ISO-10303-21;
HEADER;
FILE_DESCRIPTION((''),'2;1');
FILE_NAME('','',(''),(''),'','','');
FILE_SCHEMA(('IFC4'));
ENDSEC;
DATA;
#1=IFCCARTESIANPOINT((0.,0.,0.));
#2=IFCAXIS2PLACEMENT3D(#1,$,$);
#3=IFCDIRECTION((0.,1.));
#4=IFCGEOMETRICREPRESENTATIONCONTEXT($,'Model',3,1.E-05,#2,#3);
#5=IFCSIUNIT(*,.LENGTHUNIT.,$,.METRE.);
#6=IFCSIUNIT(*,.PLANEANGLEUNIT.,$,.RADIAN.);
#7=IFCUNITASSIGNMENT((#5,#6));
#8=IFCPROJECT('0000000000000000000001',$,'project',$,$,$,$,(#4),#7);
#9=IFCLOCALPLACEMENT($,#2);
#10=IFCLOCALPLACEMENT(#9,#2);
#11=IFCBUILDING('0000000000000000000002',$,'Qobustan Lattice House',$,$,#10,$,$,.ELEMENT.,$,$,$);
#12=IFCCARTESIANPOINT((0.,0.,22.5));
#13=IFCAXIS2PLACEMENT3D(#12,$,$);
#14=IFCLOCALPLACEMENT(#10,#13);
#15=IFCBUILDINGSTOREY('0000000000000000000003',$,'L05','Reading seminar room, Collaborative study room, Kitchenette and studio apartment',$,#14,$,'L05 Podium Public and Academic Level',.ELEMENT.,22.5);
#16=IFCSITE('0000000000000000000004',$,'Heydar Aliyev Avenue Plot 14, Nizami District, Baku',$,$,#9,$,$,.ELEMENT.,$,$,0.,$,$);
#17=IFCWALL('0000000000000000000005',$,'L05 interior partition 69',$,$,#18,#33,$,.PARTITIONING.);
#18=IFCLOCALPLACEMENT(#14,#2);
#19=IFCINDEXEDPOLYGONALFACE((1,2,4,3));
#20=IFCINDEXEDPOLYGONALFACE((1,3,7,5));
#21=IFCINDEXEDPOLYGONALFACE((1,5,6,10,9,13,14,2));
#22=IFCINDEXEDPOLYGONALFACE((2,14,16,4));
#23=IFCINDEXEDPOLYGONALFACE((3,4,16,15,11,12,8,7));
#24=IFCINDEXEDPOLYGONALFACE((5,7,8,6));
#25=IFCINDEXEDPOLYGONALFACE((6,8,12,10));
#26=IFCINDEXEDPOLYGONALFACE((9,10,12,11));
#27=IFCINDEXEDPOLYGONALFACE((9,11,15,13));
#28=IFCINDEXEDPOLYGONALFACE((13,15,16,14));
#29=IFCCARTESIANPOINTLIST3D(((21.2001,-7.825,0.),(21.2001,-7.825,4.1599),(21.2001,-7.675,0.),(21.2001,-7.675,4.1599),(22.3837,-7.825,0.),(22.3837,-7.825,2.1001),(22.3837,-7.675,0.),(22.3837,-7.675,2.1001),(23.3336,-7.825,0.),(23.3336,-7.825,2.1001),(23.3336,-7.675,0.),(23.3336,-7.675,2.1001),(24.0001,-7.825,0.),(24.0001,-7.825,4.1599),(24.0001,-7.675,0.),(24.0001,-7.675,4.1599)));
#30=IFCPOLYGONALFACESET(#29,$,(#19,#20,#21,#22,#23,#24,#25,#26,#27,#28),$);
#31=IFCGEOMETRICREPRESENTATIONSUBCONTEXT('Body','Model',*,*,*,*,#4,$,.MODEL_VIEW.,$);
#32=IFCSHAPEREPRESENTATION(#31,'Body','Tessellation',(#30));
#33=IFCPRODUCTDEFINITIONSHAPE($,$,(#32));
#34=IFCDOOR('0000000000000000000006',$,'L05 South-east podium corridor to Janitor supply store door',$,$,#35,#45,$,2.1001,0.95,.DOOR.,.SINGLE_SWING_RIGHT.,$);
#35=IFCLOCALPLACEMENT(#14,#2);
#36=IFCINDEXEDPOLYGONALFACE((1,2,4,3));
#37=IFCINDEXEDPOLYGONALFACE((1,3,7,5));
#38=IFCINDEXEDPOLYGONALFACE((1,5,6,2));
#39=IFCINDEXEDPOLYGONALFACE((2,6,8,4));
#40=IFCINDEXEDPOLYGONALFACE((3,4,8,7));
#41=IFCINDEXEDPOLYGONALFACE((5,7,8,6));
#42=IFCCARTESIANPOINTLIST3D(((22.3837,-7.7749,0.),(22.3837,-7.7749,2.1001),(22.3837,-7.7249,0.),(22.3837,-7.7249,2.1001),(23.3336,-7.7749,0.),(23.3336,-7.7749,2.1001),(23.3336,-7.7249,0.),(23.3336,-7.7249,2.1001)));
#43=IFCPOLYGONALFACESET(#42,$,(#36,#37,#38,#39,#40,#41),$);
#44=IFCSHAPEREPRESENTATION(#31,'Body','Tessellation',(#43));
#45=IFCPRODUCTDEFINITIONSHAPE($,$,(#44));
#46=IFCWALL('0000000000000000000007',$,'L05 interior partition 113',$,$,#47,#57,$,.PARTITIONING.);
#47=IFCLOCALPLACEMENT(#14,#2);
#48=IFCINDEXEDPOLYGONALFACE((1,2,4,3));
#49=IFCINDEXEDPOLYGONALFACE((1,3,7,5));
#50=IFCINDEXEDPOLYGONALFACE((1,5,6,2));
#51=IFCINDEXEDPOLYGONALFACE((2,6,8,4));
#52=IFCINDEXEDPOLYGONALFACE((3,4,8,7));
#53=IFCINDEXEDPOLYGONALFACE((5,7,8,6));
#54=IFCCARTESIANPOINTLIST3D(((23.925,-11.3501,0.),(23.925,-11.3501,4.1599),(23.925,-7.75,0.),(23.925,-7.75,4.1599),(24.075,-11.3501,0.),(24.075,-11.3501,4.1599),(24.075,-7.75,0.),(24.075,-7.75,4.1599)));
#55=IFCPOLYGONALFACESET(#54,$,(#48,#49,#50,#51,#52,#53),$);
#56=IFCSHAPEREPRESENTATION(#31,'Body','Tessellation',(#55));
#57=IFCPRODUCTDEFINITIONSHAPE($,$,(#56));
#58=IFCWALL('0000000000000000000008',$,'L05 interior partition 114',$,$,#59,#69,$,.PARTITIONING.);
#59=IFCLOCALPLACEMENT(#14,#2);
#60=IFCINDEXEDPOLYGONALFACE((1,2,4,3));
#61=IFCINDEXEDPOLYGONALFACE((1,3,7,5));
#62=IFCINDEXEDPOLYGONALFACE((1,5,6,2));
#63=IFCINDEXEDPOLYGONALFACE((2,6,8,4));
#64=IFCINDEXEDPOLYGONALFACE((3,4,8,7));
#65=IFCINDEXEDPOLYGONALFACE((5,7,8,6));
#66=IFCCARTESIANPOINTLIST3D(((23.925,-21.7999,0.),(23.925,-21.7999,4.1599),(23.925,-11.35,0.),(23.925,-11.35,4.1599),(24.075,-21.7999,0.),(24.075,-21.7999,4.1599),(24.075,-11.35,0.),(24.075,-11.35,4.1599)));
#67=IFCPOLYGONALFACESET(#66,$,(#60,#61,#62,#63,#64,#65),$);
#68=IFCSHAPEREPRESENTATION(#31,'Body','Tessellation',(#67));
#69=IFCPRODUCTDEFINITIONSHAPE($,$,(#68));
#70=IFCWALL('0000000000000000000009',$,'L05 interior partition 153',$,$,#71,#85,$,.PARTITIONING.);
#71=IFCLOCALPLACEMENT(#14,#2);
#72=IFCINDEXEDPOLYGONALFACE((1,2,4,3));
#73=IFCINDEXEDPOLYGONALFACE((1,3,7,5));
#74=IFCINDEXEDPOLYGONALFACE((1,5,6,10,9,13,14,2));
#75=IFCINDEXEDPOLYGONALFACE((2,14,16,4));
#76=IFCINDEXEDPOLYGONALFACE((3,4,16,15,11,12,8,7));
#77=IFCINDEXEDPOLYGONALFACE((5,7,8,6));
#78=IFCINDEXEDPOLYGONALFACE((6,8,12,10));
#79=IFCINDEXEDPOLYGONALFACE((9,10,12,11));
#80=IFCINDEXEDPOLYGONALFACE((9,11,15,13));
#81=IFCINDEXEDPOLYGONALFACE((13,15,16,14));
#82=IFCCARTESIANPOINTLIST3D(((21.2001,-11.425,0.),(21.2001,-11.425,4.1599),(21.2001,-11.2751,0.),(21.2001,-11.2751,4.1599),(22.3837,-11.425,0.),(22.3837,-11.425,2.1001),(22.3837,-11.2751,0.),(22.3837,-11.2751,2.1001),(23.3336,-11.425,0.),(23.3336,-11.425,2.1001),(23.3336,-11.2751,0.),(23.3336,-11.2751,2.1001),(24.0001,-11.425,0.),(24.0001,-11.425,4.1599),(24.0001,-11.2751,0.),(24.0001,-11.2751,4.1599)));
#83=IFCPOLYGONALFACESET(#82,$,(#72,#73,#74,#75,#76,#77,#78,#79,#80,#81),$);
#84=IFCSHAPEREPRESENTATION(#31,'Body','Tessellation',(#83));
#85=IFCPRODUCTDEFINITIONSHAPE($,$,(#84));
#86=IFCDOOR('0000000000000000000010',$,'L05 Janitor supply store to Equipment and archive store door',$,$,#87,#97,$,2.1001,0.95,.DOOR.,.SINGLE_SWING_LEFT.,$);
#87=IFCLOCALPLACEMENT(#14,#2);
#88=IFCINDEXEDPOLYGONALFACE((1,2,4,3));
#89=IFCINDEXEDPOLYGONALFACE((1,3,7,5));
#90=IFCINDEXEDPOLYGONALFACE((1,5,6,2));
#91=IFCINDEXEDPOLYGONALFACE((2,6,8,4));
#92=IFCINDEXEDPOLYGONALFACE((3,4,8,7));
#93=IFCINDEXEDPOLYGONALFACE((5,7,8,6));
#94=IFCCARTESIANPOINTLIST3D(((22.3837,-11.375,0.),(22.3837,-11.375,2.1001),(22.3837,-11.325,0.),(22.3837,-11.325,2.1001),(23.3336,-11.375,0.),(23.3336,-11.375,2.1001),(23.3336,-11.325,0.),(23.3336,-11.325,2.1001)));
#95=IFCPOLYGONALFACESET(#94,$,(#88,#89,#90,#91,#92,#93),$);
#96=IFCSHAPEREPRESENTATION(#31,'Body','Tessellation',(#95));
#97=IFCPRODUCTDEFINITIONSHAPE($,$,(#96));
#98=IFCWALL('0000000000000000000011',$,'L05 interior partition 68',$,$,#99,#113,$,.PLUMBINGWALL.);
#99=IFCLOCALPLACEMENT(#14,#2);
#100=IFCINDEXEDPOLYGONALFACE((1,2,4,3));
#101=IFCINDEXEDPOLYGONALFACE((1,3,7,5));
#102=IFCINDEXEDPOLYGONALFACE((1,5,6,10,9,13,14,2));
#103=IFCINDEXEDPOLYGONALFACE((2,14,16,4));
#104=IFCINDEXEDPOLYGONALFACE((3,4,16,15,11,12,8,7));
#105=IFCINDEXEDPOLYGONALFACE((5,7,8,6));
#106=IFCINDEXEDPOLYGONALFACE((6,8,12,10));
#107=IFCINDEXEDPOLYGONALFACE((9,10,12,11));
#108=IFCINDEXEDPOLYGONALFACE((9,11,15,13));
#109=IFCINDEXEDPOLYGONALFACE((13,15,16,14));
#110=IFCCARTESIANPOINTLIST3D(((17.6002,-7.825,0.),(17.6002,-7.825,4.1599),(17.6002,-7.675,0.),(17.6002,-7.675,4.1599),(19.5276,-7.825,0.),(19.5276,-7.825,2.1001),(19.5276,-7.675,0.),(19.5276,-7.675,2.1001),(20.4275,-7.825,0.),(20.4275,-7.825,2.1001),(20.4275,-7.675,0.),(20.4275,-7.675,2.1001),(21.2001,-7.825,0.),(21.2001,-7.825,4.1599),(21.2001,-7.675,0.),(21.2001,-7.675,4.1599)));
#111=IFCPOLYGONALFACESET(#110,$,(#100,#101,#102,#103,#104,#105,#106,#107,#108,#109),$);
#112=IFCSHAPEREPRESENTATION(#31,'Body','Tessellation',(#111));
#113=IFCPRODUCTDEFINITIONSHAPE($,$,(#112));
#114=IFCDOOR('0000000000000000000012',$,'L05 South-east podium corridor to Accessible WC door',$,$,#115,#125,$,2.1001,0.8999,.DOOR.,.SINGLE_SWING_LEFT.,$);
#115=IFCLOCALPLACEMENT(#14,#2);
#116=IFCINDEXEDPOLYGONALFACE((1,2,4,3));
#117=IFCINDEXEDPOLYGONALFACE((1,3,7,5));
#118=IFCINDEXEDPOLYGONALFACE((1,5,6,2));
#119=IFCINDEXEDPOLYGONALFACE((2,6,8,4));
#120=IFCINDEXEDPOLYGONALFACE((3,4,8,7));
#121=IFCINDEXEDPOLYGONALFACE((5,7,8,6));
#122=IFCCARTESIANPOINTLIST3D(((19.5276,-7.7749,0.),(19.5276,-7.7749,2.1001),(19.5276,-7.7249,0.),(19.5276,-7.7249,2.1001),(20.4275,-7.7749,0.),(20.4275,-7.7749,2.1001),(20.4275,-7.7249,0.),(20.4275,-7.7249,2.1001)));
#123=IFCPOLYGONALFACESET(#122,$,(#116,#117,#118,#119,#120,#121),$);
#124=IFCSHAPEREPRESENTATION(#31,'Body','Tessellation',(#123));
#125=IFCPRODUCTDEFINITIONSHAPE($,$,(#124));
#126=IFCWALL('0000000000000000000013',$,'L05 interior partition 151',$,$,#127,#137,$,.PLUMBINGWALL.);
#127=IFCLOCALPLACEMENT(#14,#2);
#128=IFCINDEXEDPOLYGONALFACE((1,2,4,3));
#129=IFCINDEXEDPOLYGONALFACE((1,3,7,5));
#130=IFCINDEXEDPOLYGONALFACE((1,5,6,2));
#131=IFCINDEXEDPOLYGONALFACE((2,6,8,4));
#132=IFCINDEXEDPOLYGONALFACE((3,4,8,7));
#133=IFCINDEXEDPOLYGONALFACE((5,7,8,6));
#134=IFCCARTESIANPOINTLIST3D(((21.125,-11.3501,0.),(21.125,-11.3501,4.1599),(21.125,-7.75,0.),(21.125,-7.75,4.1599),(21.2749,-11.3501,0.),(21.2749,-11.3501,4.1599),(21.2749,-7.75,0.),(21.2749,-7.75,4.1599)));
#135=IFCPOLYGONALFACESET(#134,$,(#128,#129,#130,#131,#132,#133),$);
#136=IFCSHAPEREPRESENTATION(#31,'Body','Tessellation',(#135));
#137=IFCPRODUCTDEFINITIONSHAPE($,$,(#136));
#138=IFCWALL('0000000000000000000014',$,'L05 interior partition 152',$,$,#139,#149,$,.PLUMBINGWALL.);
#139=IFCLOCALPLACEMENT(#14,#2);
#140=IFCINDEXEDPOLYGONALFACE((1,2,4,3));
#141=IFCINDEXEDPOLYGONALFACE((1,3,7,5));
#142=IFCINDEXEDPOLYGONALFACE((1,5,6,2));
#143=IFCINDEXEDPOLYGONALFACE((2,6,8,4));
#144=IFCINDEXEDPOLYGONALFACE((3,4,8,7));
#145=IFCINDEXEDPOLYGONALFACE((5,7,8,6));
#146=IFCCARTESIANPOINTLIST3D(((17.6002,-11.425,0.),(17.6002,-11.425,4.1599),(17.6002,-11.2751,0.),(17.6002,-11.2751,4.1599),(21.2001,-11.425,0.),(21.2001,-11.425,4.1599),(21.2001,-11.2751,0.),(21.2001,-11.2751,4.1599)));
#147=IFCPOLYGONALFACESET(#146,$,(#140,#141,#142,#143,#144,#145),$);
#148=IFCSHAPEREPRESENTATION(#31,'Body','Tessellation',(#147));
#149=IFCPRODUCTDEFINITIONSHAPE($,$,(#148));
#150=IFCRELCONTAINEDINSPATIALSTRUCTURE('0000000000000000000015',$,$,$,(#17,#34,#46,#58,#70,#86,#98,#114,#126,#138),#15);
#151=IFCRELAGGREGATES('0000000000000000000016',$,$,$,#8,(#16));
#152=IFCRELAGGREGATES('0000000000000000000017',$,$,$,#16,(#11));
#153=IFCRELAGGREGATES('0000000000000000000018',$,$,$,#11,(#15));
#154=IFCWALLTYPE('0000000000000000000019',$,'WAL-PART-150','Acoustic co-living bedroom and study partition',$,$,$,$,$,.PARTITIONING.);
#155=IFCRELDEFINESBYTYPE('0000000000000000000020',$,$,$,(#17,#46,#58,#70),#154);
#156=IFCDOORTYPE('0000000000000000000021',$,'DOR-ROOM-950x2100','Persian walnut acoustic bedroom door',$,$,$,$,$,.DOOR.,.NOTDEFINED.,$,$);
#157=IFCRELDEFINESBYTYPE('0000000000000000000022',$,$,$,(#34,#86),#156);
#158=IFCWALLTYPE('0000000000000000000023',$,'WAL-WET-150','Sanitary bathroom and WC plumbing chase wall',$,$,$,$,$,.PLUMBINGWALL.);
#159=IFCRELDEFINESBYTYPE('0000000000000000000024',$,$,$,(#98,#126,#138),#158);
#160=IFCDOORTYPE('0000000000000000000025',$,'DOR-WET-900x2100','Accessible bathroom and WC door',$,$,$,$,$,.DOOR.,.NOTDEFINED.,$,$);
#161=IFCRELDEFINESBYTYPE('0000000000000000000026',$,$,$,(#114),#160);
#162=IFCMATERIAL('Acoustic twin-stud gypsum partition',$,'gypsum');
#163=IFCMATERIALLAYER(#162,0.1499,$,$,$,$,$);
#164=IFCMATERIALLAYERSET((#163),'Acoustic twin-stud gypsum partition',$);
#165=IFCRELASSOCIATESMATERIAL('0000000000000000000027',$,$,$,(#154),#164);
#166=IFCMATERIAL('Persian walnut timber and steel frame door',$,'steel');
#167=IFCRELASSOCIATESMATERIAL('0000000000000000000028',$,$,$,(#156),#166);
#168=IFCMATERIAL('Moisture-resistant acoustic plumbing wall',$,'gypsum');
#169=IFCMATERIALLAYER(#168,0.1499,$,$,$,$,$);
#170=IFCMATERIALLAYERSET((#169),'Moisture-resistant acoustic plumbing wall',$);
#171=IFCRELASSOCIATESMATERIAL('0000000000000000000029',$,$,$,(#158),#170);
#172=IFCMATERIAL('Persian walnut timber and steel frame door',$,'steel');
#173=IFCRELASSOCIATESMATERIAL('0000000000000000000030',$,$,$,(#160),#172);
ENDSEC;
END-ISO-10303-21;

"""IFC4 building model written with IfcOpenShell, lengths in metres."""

from ifc_helpers import new_model, si_unit, direction, frame, frame_2d, origin, place, context, subcontext, project, spatial, rectangle, extrude, material, layer, layer_set, type_object, element, fill, save


model = new_model("IFC4")

# Units and contexts
model_context = context("Model", 3, precision=1e-05, world=origin(), true_north=direction((0.0, 1.0)))
body_context = subcontext(model_context, "Body", "Model", "MODEL_VIEW")
ifc_project = project(units=[si_unit("LENGTHUNIT", "METRE"), si_unit("PLANEANGLEUNIT", "RADIAN")], contexts=[model_context])

# Site, building, storey
site_placement = place(None, origin())
site = spatial("IfcSite", under=ifc_project, at=site_placement, Name="Heydar Aliyev Avenue Plot 14, Nizami District, Baku", CompositionType="ELEMENT", RefElevation=0.0)
building_placement = place(site_placement, origin())
building = spatial("IfcBuilding", under=site, at=building_placement, Name="Qobustan Lattice House", CompositionType="ELEMENT")
storey_placement = place(building_placement, frame((0.0, 0.0, 22.5)))
storey = spatial("IfcBuildingStorey", under=building, at=storey_placement, Name="L05", Description="Reading seminar room, Collaborative study room, Kitchenette and studio apartment", LongName="L05 Podium Public and Academic Level", CompositionType="ELEMENT", Elevation=22.5)

# Wall, opening, door
ifc_material_1 = material(Name="Acoustic twin-stud gypsum partition", Category="gypsum")
ifc_layer_1 = layer(ifc_material_1, 0.1499)
ifc_layer_set_1 = layer_set([ifc_layer_1], Name="Acoustic twin-stud gypsum partition")
wall_type_1 = type_object("IfcWallType", Name="WAL-PART-150", Description="Acoustic co-living bedroom and study partition", PredefinedType="PARTITIONING", material=ifc_layer_set_1)
wall_1_placement = place(storey_placement, frame((24.0, -7.75, 0.0), z_axis=(0.0, 0.0, 1.0), x_axis=(-1.0, 0.0, 0.0)))
wall_1 = element("IfcWall", 1, at=wall_1_placement, inside=storey, type_object=wall_type_1, Name="L05 interior partition 69", PredefinedType="PARTITIONING", context=body_context, shape_type="SweptSolid", body=[
    extrude(rectangle(XDim=2.8, YDim=0.1499, at=frame_2d((1.3999, 0.0))), origin(), (0.0, 0.0, 1.0), 4.1599),
])
opening_1_placement = place(wall_1_placement, frame((0.6663, 0.0, 0.0)))
opening_1 = element("IfcOpeningElement", 2, at=opening_1_placement, cuts=wall_1, PredefinedType="OPENING", context=body_context, shape_type="SweptSolid", body=[
    extrude(rectangle(XDim=0.95, YDim=2.1001, at=frame_2d((0.4751, 1.05))), frame((0.0, 0.085, 0.0), z_axis=(0.0, -1.0, 0.0), x_axis=(1.0, 0.0, 0.0)), (0.0, 0.0, 1.0), 0.1699),
])
ifc_material_2 = material(Name="Persian walnut timber and steel frame door", Category="steel")
door_type_1 = type_object("IfcDoorType", Name="DOR-ROOM-950x2100", Description="Persian walnut acoustic bedroom door", OperationType="NOTDEFINED", PredefinedType="DOOR", material=ifc_material_2)
door_1_placement = place(opening_1_placement, origin())
door_1 = element("IfcDoor", 3, at=door_1_placement, inside=storey, type_object=door_type_1, Name="L05 South-east podium corridor to Janitor supply store door", OperationType="SINGLE_SWING_RIGHT", OverallHeight=2.1001, OverallWidth=0.95, PredefinedType="DOOR", context=body_context, shape_type="SweptSolid", body=[
    extrude(rectangle(XDim=0.95, YDim=2.1001, at=frame_2d((0.4751, 1.05))), frame((0.0, 0.0249, 0.0), z_axis=(0.0, -1.0, 0.0), x_axis=(1.0, 0.0, 0.0)), (0.0, 0.0, 1.0), 0.05),
])
fill(opening_1, door_1)

# Walls
wall_2_placement = place(storey_placement, frame((24.0, -11.3501, 0.0), z_axis=(0.0, 0.0, 1.0), x_axis=(0.0, 1.0, 0.0)))
element("IfcWall", 4, at=wall_2_placement, inside=storey, type_object=wall_type_1, Name="L05 interior partition 113", PredefinedType="PARTITIONING", context=body_context, shape_type="SweptSolid", body=[
    extrude(rectangle(XDim=3.6001, YDim=0.1499, at=frame_2d((1.8, 0.0))), origin(), (0.0, 0.0, 1.0), 4.1599),
])
wall_3_placement = place(storey_placement, frame((24.0, -21.8, 0.0), z_axis=(0.0, 0.0, 1.0), x_axis=(0.0, 1.0, 0.0)))
element("IfcWall", 5, at=wall_3_placement, inside=storey, type_object=wall_type_1, Name="L05 interior partition 114", PredefinedType="PARTITIONING", context=body_context, shape_type="SweptSolid", body=[
    extrude(rectangle(XDim=10.45, YDim=0.1499, at=frame_2d((5.2251, 0.0))), origin(), (0.0, 0.0, 1.0), 4.1599),
])

# Walls, openings, doors
wall_4_placement = place(storey_placement, frame((24.0, -11.3501, 0.0), z_axis=(0.0, 0.0, 1.0), x_axis=(-1.0, 0.0, 0.0)))
wall_4 = element("IfcWall", 6, at=wall_4_placement, inside=storey, type_object=wall_type_1, Name="L05 interior partition 153", PredefinedType="PARTITIONING", context=body_context, shape_type="SweptSolid", body=[
    extrude(rectangle(XDim=2.8, YDim=0.1499, at=frame_2d((1.3999, 0.0))), origin(), (0.0, 0.0, 1.0), 4.1599),
])
opening_2_placement = place(wall_4_placement, frame((0.6663, 0.0, 0.0)))
opening_2 = element("IfcOpeningElement", 7, at=opening_2_placement, cuts=wall_4, PredefinedType="OPENING", context=body_context, shape_type="SweptSolid", body=[
    extrude(rectangle(XDim=0.95, YDim=2.1001, at=frame_2d((0.4751, 1.05))), frame((0.0, 0.085, 0.0), z_axis=(0.0, -1.0, 0.0), x_axis=(1.0, 0.0, 0.0)), (0.0, 0.0, 1.0), 0.1699),
])
door_2_placement = place(opening_2_placement, origin())
door_2 = element("IfcDoor", 8, at=door_2_placement, inside=storey, type_object=door_type_1, Name="L05 Janitor supply store to Equipment and archive store door", OperationType="SINGLE_SWING_LEFT", OverallHeight=2.1001, OverallWidth=0.95, PredefinedType="DOOR", context=body_context, shape_type="SweptSolid", body=[
    extrude(rectangle(XDim=0.95, YDim=2.1001, at=frame_2d((0.4751, 1.05))), frame((0.0, 0.0249, 0.0), z_axis=(0.0, -1.0, 0.0), x_axis=(1.0, 0.0, 0.0)), (0.0, 0.0, 1.0), 0.05),
])
fill(opening_2, door_2)
ifc_material_3 = material(Name="Moisture-resistant acoustic plumbing wall", Category="gypsum")
ifc_layer_2 = layer(ifc_material_3, 0.1499)
ifc_layer_set_2 = layer_set([ifc_layer_2], Name="Moisture-resistant acoustic plumbing wall")
wall_type_2 = type_object("IfcWallType", Name="WAL-WET-150", Description="Sanitary bathroom and WC plumbing chase wall", PredefinedType="PLUMBINGWALL", material=ifc_layer_set_2)
wall_5_placement = place(storey_placement, frame((21.2, -7.75, 0.0), z_axis=(0.0, 0.0, 1.0), x_axis=(-1.0, 0.0, 0.0)))
wall_5 = element("IfcWall", 9, at=wall_5_placement, inside=storey, type_object=wall_type_2, Name="L05 interior partition 68", PredefinedType="PLUMBINGWALL", context=body_context, shape_type="SweptSolid", body=[
    extrude(rectangle(XDim=3.5999, YDim=0.1499, at=frame_2d((1.7998, 0.0))), origin(), (0.0, 0.0, 1.0), 4.1599),
])
opening_3_placement = place(wall_5_placement, frame((0.7725, 0.0, 0.0)))
opening_3 = element("IfcOpeningElement", 10, at=opening_3_placement, cuts=wall_5, PredefinedType="OPENING", context=body_context, shape_type="SweptSolid", body=[
    extrude(rectangle(XDim=0.8999, YDim=2.1001, at=frame_2d((0.45, 1.05))), frame((0.0, 0.085, 0.0), z_axis=(0.0, -1.0, 0.0), x_axis=(1.0, 0.0, 0.0)), (0.0, 0.0, 1.0), 0.1699),
])
ifc_material_4 = material(Name="Persian walnut timber and steel frame door", Category="steel")
door_type_2 = type_object("IfcDoorType", Name="DOR-WET-900x2100", Description="Accessible bathroom and WC door", OperationType="NOTDEFINED", PredefinedType="DOOR", material=ifc_material_4)
door_3_placement = place(opening_3_placement, origin())
door_3 = element("IfcDoor", 11, at=door_3_placement, inside=storey, type_object=door_type_2, Name="L05 South-east podium corridor to Accessible WC door", OperationType="SINGLE_SWING_LEFT", OverallHeight=2.1001, OverallWidth=0.8999, PredefinedType="DOOR", context=body_context, shape_type="SweptSolid", body=[
    extrude(rectangle(XDim=0.8999, YDim=2.1001, at=frame_2d((0.45, 1.05))), frame((0.0, 0.0249, 0.0), z_axis=(0.0, -1.0, 0.0), x_axis=(1.0, 0.0, 0.0)), (0.0, 0.0, 1.0), 0.05),
])
fill(opening_3, door_3)

# Walls
wall_6_placement = place(storey_placement, frame((21.2, -7.75, 0.0), z_axis=(0.0, 0.0, 1.0), x_axis=(0.0, -1.0, 0.0)))
element("IfcWall", 12, at=wall_6_placement, inside=storey, type_object=wall_type_2, Name="L05 interior partition 151", PredefinedType="PLUMBINGWALL", context=body_context, shape_type="SweptSolid", body=[
    extrude(rectangle(XDim=3.6001, YDim=0.1499, at=frame_2d((1.8, 0.0))), origin(), (0.0, 0.0, 1.0), 4.1599),
])
wall_7_placement = place(storey_placement, frame((21.2, -11.3501, 0.0), z_axis=(0.0, 0.0, 1.0), x_axis=(-1.0, 0.0, 0.0)))
element("IfcWall", 13, at=wall_7_placement, inside=storey, type_object=wall_type_2, Name="L05 interior partition 152", PredefinedType="PLUMBINGWALL", context=body_context, shape_type="SweptSolid", body=[
    extrude(rectangle(XDim=3.5999, YDim=0.1499, at=frame_2d((1.7998, 0.0))), origin(), (0.0, 0.0, 1.0), 4.1599),
])

save(model, "model.ifc")
